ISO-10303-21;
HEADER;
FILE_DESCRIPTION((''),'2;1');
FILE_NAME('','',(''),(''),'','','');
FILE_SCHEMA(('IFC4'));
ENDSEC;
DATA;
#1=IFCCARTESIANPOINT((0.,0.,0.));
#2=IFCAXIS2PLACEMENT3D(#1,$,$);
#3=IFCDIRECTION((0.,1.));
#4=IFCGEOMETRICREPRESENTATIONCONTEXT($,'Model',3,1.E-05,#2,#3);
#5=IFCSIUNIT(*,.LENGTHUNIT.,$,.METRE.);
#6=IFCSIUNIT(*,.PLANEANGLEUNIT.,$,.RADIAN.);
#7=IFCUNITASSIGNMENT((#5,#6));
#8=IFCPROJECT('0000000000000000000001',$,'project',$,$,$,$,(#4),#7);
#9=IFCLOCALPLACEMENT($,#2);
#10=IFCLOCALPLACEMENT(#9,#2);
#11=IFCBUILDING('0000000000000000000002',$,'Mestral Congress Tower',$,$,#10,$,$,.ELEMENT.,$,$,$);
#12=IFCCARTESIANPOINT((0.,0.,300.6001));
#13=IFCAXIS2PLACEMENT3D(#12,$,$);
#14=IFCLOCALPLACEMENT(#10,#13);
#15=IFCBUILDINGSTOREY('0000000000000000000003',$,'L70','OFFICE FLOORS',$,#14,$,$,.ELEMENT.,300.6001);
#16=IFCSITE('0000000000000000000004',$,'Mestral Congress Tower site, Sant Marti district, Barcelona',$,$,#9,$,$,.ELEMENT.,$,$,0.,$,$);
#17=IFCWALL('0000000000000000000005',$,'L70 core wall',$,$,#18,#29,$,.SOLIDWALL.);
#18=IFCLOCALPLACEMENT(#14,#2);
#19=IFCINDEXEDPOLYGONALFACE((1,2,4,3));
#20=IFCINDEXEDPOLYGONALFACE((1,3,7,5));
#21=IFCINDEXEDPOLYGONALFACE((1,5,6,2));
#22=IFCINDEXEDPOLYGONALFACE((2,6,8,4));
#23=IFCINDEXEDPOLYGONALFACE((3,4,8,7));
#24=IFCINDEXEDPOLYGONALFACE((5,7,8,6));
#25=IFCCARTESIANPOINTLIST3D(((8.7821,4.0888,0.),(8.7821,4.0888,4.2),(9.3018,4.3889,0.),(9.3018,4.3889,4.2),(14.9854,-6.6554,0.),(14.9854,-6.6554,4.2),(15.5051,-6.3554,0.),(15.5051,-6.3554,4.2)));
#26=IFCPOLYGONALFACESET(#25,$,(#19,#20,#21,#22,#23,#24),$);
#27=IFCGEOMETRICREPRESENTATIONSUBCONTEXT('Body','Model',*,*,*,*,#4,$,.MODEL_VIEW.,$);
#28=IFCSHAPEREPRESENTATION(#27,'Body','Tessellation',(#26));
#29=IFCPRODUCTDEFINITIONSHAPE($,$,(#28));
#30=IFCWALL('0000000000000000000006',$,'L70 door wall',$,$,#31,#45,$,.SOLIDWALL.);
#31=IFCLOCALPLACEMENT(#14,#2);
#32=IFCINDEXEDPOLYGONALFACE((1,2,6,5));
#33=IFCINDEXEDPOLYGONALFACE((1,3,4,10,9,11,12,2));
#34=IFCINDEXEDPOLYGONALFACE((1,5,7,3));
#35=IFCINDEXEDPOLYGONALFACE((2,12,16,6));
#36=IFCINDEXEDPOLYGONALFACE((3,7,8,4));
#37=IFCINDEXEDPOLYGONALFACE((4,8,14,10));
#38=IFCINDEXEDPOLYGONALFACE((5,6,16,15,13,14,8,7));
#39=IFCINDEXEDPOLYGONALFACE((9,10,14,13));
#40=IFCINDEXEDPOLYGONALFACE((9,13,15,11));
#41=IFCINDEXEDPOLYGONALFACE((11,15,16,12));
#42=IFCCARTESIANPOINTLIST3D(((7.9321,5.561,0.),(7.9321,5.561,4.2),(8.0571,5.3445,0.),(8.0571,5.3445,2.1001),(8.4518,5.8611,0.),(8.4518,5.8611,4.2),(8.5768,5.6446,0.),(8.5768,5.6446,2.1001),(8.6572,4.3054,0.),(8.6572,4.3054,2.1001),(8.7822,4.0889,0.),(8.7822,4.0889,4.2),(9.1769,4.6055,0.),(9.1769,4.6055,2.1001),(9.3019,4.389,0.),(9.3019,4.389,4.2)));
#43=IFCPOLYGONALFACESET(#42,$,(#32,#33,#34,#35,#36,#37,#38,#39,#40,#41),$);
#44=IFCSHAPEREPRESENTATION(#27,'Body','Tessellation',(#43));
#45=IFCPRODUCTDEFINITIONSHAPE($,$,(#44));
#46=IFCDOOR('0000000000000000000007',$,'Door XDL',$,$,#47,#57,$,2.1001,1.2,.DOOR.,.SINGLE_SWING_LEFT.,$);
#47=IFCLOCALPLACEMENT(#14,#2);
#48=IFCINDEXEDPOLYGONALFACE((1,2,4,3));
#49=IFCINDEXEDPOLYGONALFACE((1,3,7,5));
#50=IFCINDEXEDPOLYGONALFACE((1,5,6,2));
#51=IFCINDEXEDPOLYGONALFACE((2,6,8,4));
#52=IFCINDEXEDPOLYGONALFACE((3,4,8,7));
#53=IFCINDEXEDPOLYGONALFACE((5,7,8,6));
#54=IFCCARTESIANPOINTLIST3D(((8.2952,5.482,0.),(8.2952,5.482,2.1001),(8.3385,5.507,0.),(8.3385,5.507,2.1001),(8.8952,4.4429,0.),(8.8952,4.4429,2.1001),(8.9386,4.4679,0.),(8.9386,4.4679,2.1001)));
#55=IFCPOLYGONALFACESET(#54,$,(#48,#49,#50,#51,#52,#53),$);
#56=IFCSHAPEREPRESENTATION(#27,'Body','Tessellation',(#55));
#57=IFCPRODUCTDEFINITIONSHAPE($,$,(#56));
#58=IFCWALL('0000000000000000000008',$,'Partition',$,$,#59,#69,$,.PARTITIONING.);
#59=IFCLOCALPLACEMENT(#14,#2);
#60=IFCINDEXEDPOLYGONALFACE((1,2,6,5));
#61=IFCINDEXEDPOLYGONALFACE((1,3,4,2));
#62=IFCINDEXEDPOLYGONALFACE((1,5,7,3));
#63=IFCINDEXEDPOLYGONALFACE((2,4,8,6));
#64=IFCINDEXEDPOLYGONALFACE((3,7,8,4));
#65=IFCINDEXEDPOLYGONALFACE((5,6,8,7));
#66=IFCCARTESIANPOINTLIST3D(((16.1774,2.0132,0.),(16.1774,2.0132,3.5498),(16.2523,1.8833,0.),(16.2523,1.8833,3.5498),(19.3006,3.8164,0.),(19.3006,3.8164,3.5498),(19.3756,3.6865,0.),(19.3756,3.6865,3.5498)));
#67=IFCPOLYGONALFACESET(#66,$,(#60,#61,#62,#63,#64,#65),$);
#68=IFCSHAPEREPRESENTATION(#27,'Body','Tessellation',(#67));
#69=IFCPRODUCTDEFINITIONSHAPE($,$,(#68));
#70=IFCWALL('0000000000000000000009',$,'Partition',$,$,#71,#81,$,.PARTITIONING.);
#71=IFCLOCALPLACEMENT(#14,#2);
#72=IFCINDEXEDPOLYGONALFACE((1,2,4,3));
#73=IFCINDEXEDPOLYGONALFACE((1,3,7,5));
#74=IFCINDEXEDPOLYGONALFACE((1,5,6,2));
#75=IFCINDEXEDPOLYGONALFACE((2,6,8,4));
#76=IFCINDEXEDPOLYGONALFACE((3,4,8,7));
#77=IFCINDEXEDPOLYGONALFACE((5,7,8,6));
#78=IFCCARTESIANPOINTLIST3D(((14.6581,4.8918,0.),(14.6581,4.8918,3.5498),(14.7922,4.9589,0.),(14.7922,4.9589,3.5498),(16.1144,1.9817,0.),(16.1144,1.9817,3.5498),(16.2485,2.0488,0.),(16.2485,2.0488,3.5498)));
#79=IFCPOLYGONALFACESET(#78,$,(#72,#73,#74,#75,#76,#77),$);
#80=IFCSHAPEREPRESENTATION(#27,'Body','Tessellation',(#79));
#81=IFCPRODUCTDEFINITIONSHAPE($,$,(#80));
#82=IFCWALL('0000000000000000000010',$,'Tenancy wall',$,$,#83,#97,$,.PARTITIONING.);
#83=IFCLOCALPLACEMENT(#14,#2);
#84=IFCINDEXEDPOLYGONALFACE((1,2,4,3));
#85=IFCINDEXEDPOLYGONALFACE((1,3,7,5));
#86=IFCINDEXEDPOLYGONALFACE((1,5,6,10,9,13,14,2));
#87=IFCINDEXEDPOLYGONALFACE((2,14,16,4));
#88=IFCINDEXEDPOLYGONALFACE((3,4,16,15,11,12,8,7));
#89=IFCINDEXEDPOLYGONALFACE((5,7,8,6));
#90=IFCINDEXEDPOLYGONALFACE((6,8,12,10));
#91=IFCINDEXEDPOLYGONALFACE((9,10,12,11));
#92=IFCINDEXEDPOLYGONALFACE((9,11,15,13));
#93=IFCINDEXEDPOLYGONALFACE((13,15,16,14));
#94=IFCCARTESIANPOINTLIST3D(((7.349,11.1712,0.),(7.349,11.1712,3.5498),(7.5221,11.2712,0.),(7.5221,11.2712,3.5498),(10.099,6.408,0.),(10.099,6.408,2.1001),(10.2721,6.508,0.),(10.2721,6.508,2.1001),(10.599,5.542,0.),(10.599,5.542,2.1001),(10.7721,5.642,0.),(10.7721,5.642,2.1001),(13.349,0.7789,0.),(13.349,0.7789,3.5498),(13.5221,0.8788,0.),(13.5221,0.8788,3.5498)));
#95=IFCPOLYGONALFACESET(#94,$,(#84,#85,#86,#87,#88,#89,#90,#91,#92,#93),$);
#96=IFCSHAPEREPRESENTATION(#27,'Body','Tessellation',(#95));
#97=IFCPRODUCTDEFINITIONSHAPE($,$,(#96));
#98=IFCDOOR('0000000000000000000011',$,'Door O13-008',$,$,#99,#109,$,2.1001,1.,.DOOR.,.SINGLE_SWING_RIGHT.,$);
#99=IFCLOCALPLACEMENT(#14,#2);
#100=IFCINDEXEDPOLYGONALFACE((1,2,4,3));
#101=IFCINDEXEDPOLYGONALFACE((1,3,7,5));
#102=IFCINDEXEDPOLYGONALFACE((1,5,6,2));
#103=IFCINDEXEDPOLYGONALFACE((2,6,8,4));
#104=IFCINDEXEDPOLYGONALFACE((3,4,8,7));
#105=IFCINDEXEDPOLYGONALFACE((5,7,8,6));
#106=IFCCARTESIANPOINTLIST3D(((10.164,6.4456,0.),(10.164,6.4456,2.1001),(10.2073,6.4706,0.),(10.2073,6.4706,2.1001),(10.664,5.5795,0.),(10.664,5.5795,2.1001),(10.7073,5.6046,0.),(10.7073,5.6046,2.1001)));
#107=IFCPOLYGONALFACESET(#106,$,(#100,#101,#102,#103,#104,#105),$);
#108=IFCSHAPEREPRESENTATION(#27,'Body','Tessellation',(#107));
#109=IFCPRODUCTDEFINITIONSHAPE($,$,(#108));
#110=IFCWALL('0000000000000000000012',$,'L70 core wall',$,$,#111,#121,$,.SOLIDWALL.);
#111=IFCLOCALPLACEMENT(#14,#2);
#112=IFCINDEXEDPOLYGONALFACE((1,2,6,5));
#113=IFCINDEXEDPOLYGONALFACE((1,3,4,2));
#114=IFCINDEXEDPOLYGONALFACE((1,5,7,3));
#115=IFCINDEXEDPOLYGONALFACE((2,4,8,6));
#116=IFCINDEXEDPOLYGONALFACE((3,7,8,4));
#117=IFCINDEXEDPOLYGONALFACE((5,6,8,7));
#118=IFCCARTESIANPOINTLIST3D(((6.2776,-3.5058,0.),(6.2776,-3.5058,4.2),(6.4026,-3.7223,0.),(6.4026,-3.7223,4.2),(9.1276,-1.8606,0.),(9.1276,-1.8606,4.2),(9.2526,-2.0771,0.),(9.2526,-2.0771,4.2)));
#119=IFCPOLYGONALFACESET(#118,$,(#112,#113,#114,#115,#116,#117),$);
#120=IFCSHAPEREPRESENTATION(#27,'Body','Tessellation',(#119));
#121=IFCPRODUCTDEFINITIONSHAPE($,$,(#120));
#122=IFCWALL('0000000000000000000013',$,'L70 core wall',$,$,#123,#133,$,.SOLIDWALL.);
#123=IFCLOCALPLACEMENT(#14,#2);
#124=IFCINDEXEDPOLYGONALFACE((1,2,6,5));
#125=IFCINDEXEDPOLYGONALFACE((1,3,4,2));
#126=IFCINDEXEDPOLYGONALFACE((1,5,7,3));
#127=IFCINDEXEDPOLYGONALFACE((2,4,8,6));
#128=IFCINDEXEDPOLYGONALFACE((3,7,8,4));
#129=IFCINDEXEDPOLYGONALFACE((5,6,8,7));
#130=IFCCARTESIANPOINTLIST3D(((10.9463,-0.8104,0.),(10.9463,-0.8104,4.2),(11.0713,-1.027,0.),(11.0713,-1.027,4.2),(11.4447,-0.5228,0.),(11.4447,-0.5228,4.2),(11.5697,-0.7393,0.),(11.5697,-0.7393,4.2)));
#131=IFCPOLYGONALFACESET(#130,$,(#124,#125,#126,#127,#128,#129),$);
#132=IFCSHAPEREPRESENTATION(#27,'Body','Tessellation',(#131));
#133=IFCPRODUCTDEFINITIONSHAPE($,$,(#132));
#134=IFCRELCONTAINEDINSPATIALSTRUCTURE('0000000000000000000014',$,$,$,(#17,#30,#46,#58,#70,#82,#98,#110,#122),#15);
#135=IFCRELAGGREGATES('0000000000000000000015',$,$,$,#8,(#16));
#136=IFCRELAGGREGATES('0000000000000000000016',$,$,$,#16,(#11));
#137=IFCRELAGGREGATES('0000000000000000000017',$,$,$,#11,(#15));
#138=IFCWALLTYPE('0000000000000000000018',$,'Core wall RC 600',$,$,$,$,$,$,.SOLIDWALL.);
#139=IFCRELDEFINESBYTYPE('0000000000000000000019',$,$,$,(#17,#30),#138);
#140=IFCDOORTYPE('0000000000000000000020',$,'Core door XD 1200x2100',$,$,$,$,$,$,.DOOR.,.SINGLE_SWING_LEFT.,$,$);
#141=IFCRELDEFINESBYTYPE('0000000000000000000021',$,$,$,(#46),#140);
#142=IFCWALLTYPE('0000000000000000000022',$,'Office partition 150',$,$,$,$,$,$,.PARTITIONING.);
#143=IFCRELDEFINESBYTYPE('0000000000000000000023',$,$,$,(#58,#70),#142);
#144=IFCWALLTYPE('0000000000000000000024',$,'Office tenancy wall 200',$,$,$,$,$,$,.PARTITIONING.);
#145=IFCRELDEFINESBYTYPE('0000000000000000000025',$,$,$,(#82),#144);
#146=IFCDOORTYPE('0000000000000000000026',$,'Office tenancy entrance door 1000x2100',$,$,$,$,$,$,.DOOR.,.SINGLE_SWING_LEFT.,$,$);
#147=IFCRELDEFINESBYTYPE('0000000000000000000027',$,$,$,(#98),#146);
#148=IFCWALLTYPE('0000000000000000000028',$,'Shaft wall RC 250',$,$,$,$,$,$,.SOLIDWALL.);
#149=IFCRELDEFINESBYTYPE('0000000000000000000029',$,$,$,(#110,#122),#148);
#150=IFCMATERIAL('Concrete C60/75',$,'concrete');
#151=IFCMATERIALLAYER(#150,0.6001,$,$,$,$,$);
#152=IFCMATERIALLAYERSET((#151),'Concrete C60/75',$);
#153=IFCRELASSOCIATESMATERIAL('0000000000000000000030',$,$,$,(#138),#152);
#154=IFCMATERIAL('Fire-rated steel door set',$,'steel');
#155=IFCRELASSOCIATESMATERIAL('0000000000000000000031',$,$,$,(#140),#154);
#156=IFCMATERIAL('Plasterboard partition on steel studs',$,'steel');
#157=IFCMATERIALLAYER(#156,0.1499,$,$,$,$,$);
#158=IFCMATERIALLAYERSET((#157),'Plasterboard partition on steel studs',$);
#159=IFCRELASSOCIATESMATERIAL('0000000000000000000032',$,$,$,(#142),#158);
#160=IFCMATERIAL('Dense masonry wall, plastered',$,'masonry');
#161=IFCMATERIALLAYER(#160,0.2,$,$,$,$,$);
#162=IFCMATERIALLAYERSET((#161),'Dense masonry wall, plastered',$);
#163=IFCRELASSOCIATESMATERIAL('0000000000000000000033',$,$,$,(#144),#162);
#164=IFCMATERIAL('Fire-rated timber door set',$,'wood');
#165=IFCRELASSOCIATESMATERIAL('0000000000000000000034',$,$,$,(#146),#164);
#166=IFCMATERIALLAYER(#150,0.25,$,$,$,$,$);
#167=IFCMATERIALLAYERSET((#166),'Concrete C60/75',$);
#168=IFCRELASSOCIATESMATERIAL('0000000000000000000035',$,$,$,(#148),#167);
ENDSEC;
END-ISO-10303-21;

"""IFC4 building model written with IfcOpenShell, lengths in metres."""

from ifc_helpers import new_model, si_unit, direction, frame, frame_2d, origin, place, context, subcontext, project, spatial, rectangle, extrude, material, layer, layer_set, type_object, element, fill, save


model = new_model("IFC4")

# Units and contexts
model_context = context("Model", 3, precision=1e-05, world=origin(), true_north=direction((0.0, 1.0)))
body_context = subcontext(model_context, "Body", "Model", "MODEL_VIEW")
ifc_project = project(units=[si_unit("LENGTHUNIT", "METRE"), si_unit("PLANEANGLEUNIT", "RADIAN")], contexts=[model_context])

# Site, building, storey
site_placement = place(None, origin())
site = spatial("IfcSite", under=ifc_project, at=site_placement, Name="Mestral Congress Tower site, Sant Marti district, Barcelona", CompositionType="ELEMENT", RefElevation=0.0)
building_placement = place(site_placement, origin())
building = spatial("IfcBuilding", under=site, at=building_placement, Name="Mestral Congress Tower", CompositionType="ELEMENT")
storey_placement = place(building_placement, frame((0.0, 0.0, 300.6001)))
storey = spatial("IfcBuildingStorey", under=building, at=storey_placement, Name="L70", Description="OFFICE FLOORS", CompositionType="ELEMENT", Elevation=300.6001)

# Wall
ifc_material_1 = material(Name="Concrete C60/75", Category="concrete")
ifc_layer_1 = layer(ifc_material_1, 0.6001)
ifc_layer_set_1 = layer_set([ifc_layer_1], Name="Concrete C60/75")
wall_type_1 = type_object("IfcWallType", Name="Core wall RC 600", PredefinedType="SOLIDWALL", material=ifc_layer_set_1)
wall_1_placement = place(storey_placement, frame((9.042, 4.2388, 0.0), z_axis=(0.0, 0.0, 1.0), x_axis=(0.500006, -0.866022, 0.0)))
element("IfcWall", 1, at=wall_1_placement, inside=storey, type_object=wall_type_1, Name="L70 core wall", PredefinedType="SOLIDWALL", context=body_context, shape_type="SweptSolid", body=[
    extrude(rectangle(XDim=12.4065, YDim=0.6001, at=frame_2d((6.2031, 0.0))), origin(), (0.0, 0.0, 1.0), 4.2),
])

# Wall, opening, door
wall_2_placement = place(storey_placement, frame((8.1919, 5.7112, 0.0), z_axis=(0.0, 0.0, 1.0), x_axis=(0.500062, -0.865989, 0.0)))
wall_2 = element("IfcWall", 2, at=wall_2_placement, inside=storey, type_object=wall_type_1, Name="L70 door wall", PredefinedType="SOLIDWALL", context=body_context, shape_type="SweptSolid", body=[
    extrude(rectangle(XDim=1.7, YDim=0.6001, at=frame_2d((0.8501, 0.0))), origin(), (0.0, 0.0, 1.0), 4.2),
])
opening_1_placement = place(wall_2_placement, frame((0.25, 0.0, 0.0)))
opening_1 = element("IfcOpeningElement", 3, at=opening_1_placement, cuts=wall_2, PredefinedType="OPENING", context=body_context, shape_type="SweptSolid", body=[
    extrude(rectangle(XDim=1.2, YDim=2.1001, at=frame_2d((0.6001, 1.05))), frame((0.0, 0.3101, 0.0), z_axis=(0.0, -1.0, 0.0), x_axis=(1.0, 0.0, 0.0)), (0.0, 0.0, 1.0), 0.6201),
])
ifc_material_2 = material(Name="Fire-rated steel door set", Category="steel")
door_type_1 = type_object("IfcDoorType", Name="Core door XD 1200x2100", OperationType="SINGLE_SWING_LEFT", PredefinedType="DOOR", material=ifc_material_2)
door_1_placement = place(opening_1_placement, origin())
door_1 = element("IfcDoor", 4, at=door_1_placement, inside=storey, type_object=door_type_1, Name="Door XDL", OperationType="SINGLE_SWING_LEFT", OverallHeight=2.1001, OverallWidth=1.2, PredefinedType="DOOR", context=body_context, shape_type="SweptSolid", body=[
    extrude(rectangle(XDim=1.2, YDim=2.1001, at=frame_2d((0.6001, 1.05))), frame((0.0, 0.0249, 0.0), z_axis=(0.0, -1.0, 0.0), x_axis=(1.0, 0.0, 0.0)), (0.0, 0.0, 1.0), 0.05),
])
fill(opening_1, door_1)

# Walls
ifc_material_3 = material(Name="Plasterboard partition on steel studs", Category="steel")
ifc_layer_2 = layer(ifc_material_3, 0.1499)
ifc_layer_set_2 = layer_set([ifc_layer_2], Name="Plasterboard partition on steel studs")
wall_type_2 = type_object("IfcWallType", Name="Office partition 150", PredefinedType="PARTITIONING", material=ifc_layer_set_2)
wall_3_placement = place(storey_placement, frame((16.2148, 1.9482, 0.0), z_axis=(0.0, 0.0, 1.0), x_axis=(0.866027, 0.499998, 0.0)))
element("IfcWall", 5, at=wall_3_placement, inside=storey, type_object=wall_type_2, Name="Partition", PredefinedType="PARTITIONING", context=body_context, shape_type="SweptSolid", body=[
    extrude(rectangle(XDim=3.6064, YDim=0.1499, at=frame_2d((1.8032, 0.0))), origin(), (0.0, 0.0, 1.0), 3.5498),
])
wall_4_placement = place(storey_placement, frame((16.1814, 2.0154, 0.0), z_axis=(0.0, 0.0, 1.0), x_axis=(-0.447514, 0.894277, 0.0)))
element("IfcWall", 6, at=wall_4_placement, inside=storey, type_object=wall_type_2, Name="Partition", PredefinedType="PARTITIONING", context=body_context, shape_type="SweptSolid", body=[
    extrude(rectangle(XDim=3.2542, YDim=0.1499, at=frame_2d((1.627, 0.0))), origin(), (0.0, 0.0, 1.0), 3.5498),
])

# Wall, opening, door
ifc_material_4 = material(Name="Dense masonry wall, plastered", Category="masonry")
ifc_layer_3 = layer(ifc_material_4, 0.2)
ifc_layer_set_3 = layer_set([ifc_layer_3], Name="Dense masonry wall, plastered")
wall_type_3 = type_object("IfcWallType", Name="Office tenancy wall 200", PredefinedType="PARTITIONING", material=ifc_layer_set_3)
wall_5_placement = place(storey_placement, frame((13.4355, 0.8289, 0.0), z_axis=(0.0, 0.0, 1.0), x_axis=(-0.499999, 0.866026, 0.0)))
wall_5 = element("IfcWall", 7, at=wall_5_placement, inside=storey, type_object=wall_type_3, Name="Tenancy wall", PredefinedType="PARTITIONING", context=body_context, shape_type="SweptSolid", body=[
    extrude(rectangle(XDim=12.0, YDim=0.2, at=frame_2d((6.0, 0.0))), origin(), (0.0, 0.0, 1.0), 3.5498),
])
opening_2_placement = place(wall_5_placement, frame((5.5, 0.0, 0.0)))
opening_2 = element("IfcOpeningElement", 8, at=opening_2_placement, cuts=wall_5, PredefinedType="OPENING", context=body_context, shape_type="SweptSolid", body=[
    extrude(rectangle(XDim=1.0, YDim=2.1001, at=frame_2d((0.5, 1.05))), frame((0.0, 0.1099, 0.0), z_axis=(0.0, -1.0, 0.0), x_axis=(1.0, 0.0, 0.0)), (0.0, 0.0, 1.0), 0.22),
])
ifc_material_5 = material(Name="Fire-rated timber door set", Category="wood")
door_type_2 = type_object("IfcDoorType", Name="Office tenancy entrance door 1000x2100", OperationType="SINGLE_SWING_LEFT", PredefinedType="DOOR", material=ifc_material_5)
door_2_placement = place(opening_2_placement, origin())
door_2 = element("IfcDoor", 9, at=door_2_placement, inside=storey, type_object=door_type_2, Name="Door O13-008", OperationType="SINGLE_SWING_RIGHT", OverallHeight=2.1001, OverallWidth=1.0, PredefinedType="DOOR", context=body_context, shape_type="SweptSolid", body=[
    extrude(rectangle(XDim=1.0, YDim=2.1001, at=frame_2d((0.5, 1.05))), frame((0.0, 0.0249, 0.0), z_axis=(0.0, -1.0, 0.0), x_axis=(1.0, 0.0, 0.0)), (0.0, 0.0, 1.0), 0.05),
])
fill(opening_2, door_2)

# Walls
ifc_layer_4 = layer(ifc_material_1, 0.25)
ifc_layer_set_4 = layer_set([ifc_layer_4], Name="Concrete C60/75")
wall_type_4 = type_object("IfcWallType", Name="Shaft wall RC 250", PredefinedType="SOLIDWALL", material=ifc_layer_set_4)
wall_6_placement = place(storey_placement, frame((9.1902, -1.9688, 0.0), z_axis=(0.0, 0.0, 1.0), x_axis=(-0.866057, -0.499945, 0.0)))
element("IfcWall", 10, at=wall_6_placement, inside=storey, type_object=wall_type_4, Name="L70 core wall", PredefinedType="SOLIDWALL", context=body_context, shape_type="SweptSolid", body=[
    extrude(rectangle(XDim=3.2908, YDim=0.25, at=frame_2d((1.6455, 0.0))), origin(), (0.0, 0.0, 1.0), 4.2),
])
wall_7_placement = place(storey_placement, frame((11.5071, -0.6311, 0.0), z_axis=(0.0, 0.0, 1.0), x_axis=(-0.866094, -0.499882, 0.0)))
element("IfcWall", 11, at=wall_7_placement, inside=storey, type_object=wall_type_4, Name="L70 core wall", PredefinedType="SOLIDWALL", context=body_context, shape_type="SweptSolid", body=[
    extrude(rectangle(XDim=0.5754, YDim=0.25, at=frame_2d((0.2876, 0.0))), origin(), (0.0, 0.0, 1.0), 4.2),
])

save(model, "model.ifc")
